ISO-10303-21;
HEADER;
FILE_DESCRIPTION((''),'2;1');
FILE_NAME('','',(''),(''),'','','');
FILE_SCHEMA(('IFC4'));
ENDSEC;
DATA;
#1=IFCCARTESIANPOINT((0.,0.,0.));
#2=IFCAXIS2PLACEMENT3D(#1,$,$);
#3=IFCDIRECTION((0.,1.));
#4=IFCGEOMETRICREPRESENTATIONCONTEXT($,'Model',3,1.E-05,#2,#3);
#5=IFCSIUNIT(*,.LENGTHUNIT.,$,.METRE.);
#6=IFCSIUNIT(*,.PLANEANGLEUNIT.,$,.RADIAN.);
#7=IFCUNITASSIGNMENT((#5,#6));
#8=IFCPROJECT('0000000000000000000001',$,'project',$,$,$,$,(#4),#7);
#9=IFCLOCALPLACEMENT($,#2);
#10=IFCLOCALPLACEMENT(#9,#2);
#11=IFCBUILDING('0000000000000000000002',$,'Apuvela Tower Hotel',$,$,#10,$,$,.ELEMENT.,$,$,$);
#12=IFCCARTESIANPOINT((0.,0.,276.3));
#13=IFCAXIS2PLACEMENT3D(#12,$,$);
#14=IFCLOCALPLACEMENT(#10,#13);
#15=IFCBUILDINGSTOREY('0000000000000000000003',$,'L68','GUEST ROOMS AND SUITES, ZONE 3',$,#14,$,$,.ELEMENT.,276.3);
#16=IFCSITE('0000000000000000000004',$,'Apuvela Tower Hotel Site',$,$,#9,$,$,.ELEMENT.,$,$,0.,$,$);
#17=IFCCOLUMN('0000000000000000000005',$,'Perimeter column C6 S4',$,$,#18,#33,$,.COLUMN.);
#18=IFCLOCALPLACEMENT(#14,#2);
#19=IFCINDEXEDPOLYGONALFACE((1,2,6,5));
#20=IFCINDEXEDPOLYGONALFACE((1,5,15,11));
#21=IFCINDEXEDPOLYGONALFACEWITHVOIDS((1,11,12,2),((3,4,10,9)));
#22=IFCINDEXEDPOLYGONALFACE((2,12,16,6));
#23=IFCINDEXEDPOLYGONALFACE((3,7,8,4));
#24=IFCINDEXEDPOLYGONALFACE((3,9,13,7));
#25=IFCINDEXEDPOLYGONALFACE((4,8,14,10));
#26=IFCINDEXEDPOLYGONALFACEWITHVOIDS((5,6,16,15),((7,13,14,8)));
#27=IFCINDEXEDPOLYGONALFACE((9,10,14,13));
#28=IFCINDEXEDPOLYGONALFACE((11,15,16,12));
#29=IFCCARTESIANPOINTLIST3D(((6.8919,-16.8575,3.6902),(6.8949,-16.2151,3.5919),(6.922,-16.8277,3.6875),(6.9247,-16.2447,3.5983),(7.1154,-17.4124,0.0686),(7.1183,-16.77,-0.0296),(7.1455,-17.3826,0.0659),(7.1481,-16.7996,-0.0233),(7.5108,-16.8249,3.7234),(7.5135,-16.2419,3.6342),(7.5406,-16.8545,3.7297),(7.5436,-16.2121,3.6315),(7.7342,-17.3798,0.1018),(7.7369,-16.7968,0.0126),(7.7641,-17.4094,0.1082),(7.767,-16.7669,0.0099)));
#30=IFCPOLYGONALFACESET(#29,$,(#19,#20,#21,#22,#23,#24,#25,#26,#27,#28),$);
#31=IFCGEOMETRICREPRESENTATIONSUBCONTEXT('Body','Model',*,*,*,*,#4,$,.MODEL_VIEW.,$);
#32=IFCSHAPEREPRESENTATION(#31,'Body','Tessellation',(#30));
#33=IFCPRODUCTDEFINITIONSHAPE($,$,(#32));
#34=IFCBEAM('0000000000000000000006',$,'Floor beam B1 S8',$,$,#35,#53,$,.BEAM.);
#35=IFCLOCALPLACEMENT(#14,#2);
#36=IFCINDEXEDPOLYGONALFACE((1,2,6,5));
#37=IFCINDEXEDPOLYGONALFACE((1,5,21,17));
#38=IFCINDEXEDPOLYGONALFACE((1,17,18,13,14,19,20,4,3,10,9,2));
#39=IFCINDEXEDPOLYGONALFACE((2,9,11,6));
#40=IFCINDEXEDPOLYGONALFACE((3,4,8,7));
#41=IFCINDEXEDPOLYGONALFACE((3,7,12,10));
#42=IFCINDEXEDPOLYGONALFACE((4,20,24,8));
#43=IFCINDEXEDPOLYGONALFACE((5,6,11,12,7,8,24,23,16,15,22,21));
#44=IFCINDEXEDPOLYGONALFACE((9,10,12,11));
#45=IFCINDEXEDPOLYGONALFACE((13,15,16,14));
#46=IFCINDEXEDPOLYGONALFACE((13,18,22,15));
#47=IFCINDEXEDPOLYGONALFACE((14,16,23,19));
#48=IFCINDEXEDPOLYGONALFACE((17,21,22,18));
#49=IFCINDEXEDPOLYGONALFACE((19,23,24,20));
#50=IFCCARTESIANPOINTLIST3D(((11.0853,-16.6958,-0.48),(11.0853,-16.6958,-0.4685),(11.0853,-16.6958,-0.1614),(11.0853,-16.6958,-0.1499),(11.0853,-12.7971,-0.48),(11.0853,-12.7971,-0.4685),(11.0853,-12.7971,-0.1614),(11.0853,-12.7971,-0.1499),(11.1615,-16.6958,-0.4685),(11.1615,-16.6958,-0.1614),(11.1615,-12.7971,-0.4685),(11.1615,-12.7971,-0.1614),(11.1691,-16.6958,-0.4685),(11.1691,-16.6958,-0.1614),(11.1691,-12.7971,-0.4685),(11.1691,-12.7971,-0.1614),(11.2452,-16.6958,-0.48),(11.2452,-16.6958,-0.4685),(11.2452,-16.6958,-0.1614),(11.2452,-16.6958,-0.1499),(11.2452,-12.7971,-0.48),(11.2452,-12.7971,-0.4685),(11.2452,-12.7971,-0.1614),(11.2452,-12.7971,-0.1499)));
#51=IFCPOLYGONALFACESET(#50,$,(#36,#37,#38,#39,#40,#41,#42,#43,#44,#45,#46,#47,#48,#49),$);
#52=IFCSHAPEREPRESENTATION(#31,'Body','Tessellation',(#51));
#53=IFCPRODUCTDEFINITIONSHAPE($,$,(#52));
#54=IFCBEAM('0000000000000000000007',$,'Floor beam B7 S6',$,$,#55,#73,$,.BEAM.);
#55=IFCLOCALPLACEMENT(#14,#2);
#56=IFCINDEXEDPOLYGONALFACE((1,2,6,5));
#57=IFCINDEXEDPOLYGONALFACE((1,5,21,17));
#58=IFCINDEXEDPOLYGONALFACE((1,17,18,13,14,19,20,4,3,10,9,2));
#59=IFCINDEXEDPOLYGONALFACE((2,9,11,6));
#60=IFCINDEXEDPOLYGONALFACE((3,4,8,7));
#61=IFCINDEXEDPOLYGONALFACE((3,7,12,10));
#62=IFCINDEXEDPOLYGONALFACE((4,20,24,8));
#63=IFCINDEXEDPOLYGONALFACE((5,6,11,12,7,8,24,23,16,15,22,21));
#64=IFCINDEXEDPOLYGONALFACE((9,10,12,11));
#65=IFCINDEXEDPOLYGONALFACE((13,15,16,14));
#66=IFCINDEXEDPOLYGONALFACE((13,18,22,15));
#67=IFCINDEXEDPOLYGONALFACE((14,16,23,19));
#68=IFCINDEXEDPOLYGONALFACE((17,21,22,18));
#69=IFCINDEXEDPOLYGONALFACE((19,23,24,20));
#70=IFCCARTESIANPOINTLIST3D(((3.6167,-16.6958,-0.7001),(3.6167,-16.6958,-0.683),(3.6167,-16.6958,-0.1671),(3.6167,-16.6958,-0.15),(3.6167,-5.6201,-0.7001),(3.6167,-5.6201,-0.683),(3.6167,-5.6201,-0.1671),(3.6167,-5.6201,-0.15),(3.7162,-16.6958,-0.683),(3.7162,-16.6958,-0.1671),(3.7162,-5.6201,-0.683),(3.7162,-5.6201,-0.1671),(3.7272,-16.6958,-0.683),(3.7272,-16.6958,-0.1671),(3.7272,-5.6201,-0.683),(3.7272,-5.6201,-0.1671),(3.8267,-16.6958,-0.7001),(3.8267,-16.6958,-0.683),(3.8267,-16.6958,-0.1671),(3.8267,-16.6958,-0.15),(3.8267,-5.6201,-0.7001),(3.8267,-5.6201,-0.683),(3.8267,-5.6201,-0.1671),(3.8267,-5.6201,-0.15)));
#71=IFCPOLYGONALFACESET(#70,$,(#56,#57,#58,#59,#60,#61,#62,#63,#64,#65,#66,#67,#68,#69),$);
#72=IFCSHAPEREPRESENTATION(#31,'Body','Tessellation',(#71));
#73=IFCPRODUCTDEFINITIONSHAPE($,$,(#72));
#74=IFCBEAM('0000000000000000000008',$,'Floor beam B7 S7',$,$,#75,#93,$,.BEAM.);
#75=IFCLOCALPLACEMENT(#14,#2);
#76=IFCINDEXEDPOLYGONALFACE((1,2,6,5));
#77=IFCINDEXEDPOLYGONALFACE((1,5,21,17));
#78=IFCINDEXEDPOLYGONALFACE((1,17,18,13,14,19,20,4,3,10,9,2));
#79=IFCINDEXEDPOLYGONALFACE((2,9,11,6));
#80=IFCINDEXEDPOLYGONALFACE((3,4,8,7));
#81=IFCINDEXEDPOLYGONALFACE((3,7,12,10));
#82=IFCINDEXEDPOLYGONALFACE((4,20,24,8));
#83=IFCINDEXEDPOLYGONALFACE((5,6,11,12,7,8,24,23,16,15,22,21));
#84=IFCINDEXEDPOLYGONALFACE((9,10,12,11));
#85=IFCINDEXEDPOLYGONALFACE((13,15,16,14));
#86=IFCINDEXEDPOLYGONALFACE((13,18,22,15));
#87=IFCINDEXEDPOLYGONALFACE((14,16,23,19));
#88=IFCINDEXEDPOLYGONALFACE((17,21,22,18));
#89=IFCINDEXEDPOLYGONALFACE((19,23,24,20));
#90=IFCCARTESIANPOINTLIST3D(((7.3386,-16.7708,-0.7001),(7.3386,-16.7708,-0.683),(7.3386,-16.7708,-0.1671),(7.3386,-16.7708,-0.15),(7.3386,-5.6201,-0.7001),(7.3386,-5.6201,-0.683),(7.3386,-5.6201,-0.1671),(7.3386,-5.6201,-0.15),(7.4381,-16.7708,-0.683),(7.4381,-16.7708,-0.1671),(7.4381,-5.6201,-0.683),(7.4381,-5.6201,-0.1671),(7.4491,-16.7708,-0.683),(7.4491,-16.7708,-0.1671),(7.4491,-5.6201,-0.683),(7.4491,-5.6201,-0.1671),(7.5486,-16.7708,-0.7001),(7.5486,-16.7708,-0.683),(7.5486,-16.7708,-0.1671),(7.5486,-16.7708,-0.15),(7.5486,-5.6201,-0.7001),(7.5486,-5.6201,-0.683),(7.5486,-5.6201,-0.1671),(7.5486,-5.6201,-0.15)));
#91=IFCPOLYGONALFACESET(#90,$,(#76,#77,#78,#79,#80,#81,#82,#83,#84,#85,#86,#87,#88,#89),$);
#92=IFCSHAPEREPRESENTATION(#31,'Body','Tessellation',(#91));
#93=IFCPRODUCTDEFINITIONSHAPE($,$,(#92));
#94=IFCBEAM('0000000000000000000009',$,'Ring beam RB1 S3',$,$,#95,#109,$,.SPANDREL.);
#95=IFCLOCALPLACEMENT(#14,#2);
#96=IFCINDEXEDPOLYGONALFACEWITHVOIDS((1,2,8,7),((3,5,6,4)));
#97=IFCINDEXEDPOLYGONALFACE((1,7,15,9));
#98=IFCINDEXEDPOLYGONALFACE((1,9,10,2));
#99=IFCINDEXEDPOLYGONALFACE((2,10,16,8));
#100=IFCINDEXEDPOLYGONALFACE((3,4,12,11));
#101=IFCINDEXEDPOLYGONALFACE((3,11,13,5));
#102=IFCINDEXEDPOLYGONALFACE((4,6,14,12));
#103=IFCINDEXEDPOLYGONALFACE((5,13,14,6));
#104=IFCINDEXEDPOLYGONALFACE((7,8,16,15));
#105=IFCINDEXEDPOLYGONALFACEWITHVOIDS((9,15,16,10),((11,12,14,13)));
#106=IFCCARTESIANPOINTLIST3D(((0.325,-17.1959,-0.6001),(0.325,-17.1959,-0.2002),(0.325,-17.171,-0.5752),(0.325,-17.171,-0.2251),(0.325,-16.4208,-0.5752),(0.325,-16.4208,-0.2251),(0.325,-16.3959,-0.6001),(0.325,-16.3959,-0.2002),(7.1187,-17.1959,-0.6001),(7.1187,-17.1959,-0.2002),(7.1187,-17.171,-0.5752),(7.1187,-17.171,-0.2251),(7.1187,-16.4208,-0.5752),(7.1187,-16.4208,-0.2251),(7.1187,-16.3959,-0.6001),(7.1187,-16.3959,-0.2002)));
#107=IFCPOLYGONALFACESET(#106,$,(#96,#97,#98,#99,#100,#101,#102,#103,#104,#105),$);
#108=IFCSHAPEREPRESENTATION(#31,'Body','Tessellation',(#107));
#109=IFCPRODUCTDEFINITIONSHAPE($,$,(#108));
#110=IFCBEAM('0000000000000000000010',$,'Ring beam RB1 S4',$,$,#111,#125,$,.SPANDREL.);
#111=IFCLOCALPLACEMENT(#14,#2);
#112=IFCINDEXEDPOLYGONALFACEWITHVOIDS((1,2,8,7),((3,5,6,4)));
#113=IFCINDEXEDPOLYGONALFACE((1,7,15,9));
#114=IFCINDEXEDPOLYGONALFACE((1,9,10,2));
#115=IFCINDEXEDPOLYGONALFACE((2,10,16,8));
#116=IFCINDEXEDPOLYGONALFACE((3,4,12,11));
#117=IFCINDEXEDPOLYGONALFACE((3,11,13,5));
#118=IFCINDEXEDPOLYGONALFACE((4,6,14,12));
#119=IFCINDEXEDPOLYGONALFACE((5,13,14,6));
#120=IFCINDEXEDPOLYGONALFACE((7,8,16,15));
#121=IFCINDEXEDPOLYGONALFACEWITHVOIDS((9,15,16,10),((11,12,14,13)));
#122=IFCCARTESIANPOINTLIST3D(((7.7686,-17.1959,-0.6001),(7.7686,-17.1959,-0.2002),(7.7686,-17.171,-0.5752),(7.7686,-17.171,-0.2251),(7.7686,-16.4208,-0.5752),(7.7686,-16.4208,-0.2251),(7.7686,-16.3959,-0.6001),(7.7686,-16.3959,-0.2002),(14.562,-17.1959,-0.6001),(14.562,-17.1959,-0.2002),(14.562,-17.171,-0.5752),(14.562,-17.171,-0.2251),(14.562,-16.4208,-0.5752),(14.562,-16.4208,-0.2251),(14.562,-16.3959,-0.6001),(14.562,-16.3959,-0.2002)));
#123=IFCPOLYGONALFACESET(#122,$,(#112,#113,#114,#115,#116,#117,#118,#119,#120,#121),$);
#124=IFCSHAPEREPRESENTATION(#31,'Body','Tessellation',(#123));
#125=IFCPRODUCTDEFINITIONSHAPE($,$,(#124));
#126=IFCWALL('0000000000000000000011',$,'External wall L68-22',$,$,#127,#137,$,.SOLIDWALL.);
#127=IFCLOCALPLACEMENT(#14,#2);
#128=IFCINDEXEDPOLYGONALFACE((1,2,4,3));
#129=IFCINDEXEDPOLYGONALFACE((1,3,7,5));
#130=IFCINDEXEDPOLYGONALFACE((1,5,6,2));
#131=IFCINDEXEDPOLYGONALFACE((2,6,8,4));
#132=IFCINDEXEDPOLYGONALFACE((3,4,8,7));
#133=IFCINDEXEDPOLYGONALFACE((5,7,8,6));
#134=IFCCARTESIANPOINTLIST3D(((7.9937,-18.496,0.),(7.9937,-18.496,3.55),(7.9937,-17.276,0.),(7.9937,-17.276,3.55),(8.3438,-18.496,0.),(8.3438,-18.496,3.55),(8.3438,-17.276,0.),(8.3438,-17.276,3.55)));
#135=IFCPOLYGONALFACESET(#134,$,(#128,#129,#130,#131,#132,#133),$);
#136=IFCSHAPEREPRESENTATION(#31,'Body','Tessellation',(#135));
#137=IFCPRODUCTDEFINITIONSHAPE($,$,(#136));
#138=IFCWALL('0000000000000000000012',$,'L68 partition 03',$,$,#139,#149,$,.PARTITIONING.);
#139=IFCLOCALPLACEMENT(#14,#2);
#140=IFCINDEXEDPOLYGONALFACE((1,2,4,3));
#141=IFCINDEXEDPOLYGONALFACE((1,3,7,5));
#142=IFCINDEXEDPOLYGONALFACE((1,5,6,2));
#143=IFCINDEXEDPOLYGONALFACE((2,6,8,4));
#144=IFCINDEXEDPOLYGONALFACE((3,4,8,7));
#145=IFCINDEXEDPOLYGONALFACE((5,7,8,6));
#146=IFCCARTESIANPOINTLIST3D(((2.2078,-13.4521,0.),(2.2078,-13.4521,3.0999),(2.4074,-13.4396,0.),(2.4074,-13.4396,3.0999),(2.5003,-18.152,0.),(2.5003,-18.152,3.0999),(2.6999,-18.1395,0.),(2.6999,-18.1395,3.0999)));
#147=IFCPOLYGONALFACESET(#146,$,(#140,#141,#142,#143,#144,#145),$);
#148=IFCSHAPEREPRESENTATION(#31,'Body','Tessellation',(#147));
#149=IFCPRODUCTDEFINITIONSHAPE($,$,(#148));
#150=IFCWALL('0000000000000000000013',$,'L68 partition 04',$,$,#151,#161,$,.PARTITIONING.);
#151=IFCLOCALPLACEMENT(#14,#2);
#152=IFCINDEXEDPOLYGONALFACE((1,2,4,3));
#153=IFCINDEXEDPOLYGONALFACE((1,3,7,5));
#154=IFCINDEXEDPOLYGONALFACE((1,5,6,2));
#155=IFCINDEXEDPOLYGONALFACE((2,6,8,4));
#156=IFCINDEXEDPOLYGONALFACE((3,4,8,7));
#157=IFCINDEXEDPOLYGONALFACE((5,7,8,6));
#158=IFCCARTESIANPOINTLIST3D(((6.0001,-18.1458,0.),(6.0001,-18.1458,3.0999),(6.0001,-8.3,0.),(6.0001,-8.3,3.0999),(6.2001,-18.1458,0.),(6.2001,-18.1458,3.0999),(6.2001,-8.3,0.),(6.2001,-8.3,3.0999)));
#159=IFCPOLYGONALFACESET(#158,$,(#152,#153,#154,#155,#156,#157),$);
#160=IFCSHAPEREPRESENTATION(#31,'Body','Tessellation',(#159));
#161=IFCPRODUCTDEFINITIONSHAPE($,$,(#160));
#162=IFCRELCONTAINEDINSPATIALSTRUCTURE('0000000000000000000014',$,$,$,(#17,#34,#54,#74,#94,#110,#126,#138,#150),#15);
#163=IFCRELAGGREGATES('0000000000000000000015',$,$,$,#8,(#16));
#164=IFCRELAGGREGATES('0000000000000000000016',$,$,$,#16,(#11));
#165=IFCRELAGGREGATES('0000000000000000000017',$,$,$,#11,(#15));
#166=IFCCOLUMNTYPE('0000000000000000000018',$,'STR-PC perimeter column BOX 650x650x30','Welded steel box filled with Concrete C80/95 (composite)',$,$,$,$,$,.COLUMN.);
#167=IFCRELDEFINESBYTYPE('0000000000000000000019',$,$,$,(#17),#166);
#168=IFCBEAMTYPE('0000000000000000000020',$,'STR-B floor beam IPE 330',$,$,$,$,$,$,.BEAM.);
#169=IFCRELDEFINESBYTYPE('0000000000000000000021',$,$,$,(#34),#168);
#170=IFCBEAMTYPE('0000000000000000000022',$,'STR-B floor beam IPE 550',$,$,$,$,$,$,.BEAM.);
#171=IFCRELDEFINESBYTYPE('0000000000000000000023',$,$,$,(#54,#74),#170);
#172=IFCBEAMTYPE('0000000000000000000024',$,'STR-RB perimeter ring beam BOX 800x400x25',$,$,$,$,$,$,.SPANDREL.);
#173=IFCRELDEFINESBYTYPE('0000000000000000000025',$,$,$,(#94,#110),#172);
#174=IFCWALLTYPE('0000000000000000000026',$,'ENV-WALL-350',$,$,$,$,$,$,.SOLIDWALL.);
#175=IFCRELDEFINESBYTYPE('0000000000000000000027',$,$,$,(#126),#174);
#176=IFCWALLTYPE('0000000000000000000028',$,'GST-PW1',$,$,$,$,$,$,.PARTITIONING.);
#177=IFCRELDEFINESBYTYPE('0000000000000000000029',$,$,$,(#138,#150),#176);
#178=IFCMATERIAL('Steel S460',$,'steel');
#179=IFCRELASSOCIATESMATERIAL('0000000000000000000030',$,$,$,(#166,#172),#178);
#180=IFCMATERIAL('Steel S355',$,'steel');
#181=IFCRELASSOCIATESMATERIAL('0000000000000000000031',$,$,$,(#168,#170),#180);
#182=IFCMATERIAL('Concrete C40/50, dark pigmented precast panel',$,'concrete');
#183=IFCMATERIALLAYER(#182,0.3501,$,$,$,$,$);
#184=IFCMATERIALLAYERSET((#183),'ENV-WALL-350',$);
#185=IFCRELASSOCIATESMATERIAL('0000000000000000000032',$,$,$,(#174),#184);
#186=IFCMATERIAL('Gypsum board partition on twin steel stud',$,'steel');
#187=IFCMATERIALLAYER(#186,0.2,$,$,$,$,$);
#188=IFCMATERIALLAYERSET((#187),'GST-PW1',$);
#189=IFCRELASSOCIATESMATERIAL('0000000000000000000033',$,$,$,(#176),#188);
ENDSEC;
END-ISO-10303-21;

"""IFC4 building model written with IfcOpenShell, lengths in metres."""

from ifc_helpers import new_model, si_unit, direction, frame, frame_2d, origin, origin_2d, place, context, subcontext, project, spatial, rectangle, hollow_rectangle, i_section, extrude, boolean, halfspace, material, layer, layer_set, material_profile, profile_set, type_object, element, save


model = new_model("IFC4")

# Units and contexts
model_context = context("Model", 3, precision=1e-05, world=origin(), true_north=direction((0.0, 1.0)))
body_context = subcontext(model_context, "Body", "Model", "MODEL_VIEW")
ifc_project = project(units=[si_unit("LENGTHUNIT", "METRE"), si_unit("PLANEANGLEUNIT", "RADIAN")], contexts=[model_context])

# Site, building, storey
site_placement = place(None, origin())
site = spatial("IfcSite", under=ifc_project, at=site_placement, Name="Apuvela Tower Hotel Site", CompositionType="ELEMENT", RefElevation=0.0)
building_placement = place(site_placement, origin())
building = spatial("IfcBuilding", under=site, at=building_placement, Name="Apuvela Tower Hotel", CompositionType="ELEMENT")
storey_placement = place(building_placement, frame((0.0, 0.0, 276.3)))
storey = spatial("IfcBuildingStorey", under=building, at=storey_placement, Name="L68", Description="GUEST ROOMS AND SUITES, ZONE 3", CompositionType="ELEMENT", Elevation=276.3)

# Column
ifc_material_1 = material(Name="Steel S460", Category="steel")
ifc_material_profile_1 = material_profile(ifc_material_1, hollow_rectangle(XDim=0.6499, YDim=0.6499, WallThickness=0.03, at=origin_2d()), Name="BOX 650x650x30")
ifc_material_2 = material(Name="Concrete C80/95", Category="concrete")
ifc_material_profile_2 = material_profile(ifc_material_2, rectangle(XDim=0.5901, YDim=0.5901, at=origin_2d()), Name="Concrete C80/95 infill")
ifc_profile_set_1 = profile_set([ifc_material_profile_1, ifc_material_profile_2], Name="Steel S460")
column_type = type_object("IfcColumnType", Name="STR-PC perimeter column BOX 650x650x30", Description="Welded steel box filled with Concrete C80/95 (composite)", PredefinedType="COLUMN", material=ifc_profile_set_1)
column_placement = place(storey_placement, frame((7.4436, -17.0957, 0.0), z_axis=(-0.060871, 0.151169, 0.986632), x_axis=(0.998135, 0.004721, 0.060857)))
element("IfcColumn", 1, at=column_placement, inside=storey, type_object=column_type, Name="Perimeter column C6 S4", PredefinedType="COLUMN", context=body_context, shape_type="SweptSolid", body=[
    boolean("DIFFERENCE", boolean("DIFFERENCE", extrude(hollow_rectangle(XDim=0.6499, YDim=0.6499, WallThickness=0.03, at=origin_2d()), origin(), (0.0, 0.0, 1.0), 3.75), halfspace(frame((0.0, 0.0, 0.0398), z_axis=(0.0, 0.0, 1.0), x_axis=(1.0, 0.0, 0.0)), True)), halfspace(frame((0.0, 0.0, 3.7104), z_axis=(0.0, 0.0, 1.0), x_axis=(1.0, 0.0, 0.0)), False)),
])

# Beams
ifc_material_3 = material(Name="Steel S355", Category="steel")
ifc_material_profile_3 = material_profile(ifc_material_3, i_section(OverallWidth=0.1599, OverallDepth=0.3301, WebThickness=0.0076, FlangeThickness=0.0115, at=origin_2d()), Name="IPE 330")
ifc_profile_set_2 = profile_set([ifc_material_profile_3], Name="Steel S355")
beam_type_1 = type_object("IfcBeamType", Name="STR-B floor beam IPE 330", PredefinedType="BEAM", material=ifc_profile_set_2)
beam_1_placement = place(storey_placement, frame((11.1653, -16.6958, -0.3149), z_axis=(0.0, 1.0, 0.0), x_axis=(-1.0, 0.0, 0.0)))
element("IfcBeam", 2, at=beam_1_placement, inside=storey, type_object=beam_type_1, Name="Floor beam B1 S8", PredefinedType="BEAM", context=body_context, shape_type="SweptSolid", body=[
    extrude(i_section(OverallWidth=0.1599, OverallDepth=0.3301, WebThickness=0.0076, FlangeThickness=0.0115, at=origin_2d()), origin(), (0.0, 0.0, 1.0), 3.8987),
])
ifc_material_profile_4 = material_profile(ifc_material_3, i_section(OverallWidth=0.21, OverallDepth=0.55, WebThickness=0.011, FlangeThickness=0.0171, at=origin_2d()), Name="IPE 550")
ifc_profile_set_3 = profile_set([ifc_material_profile_4], Name="Steel S355")
beam_type_2 = type_object("IfcBeamType", Name="STR-B floor beam IPE 550", PredefinedType="BEAM", material=ifc_profile_set_3)
beam_2_placement = place(storey_placement, frame((3.7217, -16.6958, -0.425), z_axis=(0.0, 1.0, 0.0), x_axis=(-1.0, 0.0, 0.0)))
element("IfcBeam", 3, at=beam_2_placement, inside=storey, type_object=beam_type_2, Name="Floor beam B7 S6", PredefinedType="BEAM", context=body_context, shape_type="SweptSolid", body=[
    extrude(i_section(OverallWidth=0.21, OverallDepth=0.55, WebThickness=0.011, FlangeThickness=0.0171, at=origin_2d()), origin(), (0.0, 0.0, 1.0), 11.0757),
])
beam_3_placement = place(storey_placement, frame((7.4436, -16.7708, -0.425), z_axis=(0.0, 1.0, 0.0), x_axis=(-1.0, 0.0, 0.0)))
element("IfcBeam", 4, at=beam_3_placement, inside=storey, type_object=beam_type_2, Name="Floor beam B7 S7", PredefinedType="BEAM", context=body_context, shape_type="SweptSolid", body=[
    extrude(i_section(OverallWidth=0.21, OverallDepth=0.55, WebThickness=0.011, FlangeThickness=0.0171, at=origin_2d()), origin(), (0.0, 0.0, 1.0), 11.1506),
])
ifc_material_profile_5 = material_profile(ifc_material_1, hollow_rectangle(XDim=0.8, YDim=0.3999, WallThickness=0.0249, at=origin_2d()), Name="BOX 800x400x25")
ifc_profile_set_4 = profile_set([ifc_material_profile_5], Name="Steel S460")
beam_type_3 = type_object("IfcBeamType", Name="STR-RB perimeter ring beam BOX 800x400x25", PredefinedType="SPANDREL", material=ifc_profile_set_4)
beam_4_placement = place(storey_placement, frame((0.325, -16.7959, -0.4001), z_axis=(1.0, 0.0, 0.0), x_axis=(0.0, 1.0, 0.0)))
element("IfcBeam", 5, at=beam_4_placement, inside=storey, type_object=beam_type_3, Name="Ring beam RB1 S3", PredefinedType="SPANDREL", context=body_context, shape_type="SweptSolid", body=[
    extrude(hollow_rectangle(XDim=0.8, YDim=0.3999, WallThickness=0.0249, at=origin_2d()), origin(), (0.0, 0.0, 1.0), 6.7937),
])
beam_5_placement = place(storey_placement, frame((7.7686, -16.7959, -0.4001), z_axis=(1.0, 0.0, 0.0), x_axis=(0.0, 1.0, 0.0)))
element("IfcBeam", 6, at=beam_5_placement, inside=storey, type_object=beam_type_3, Name="Ring beam RB1 S4", PredefinedType="SPANDREL", context=body_context, shape_type="SweptSolid", body=[
    extrude(hollow_rectangle(XDim=0.8, YDim=0.3999, WallThickness=0.0249, at=origin_2d()), origin(), (0.0, 0.0, 1.0), 6.7935),
])

# Wall
ifc_material_4 = material(Name="Concrete C40/50, dark pigmented precast panel", Category="concrete")
ifc_layer_1 = layer(ifc_material_4, 0.3501)
ifc_layer_set_1 = layer_set([ifc_layer_1], Name="ENV-WALL-350")
wall_type_1 = type_object("IfcWallType", Name="ENV-WALL-350", PredefinedType="SOLIDWALL", material=ifc_layer_set_1)
wall_1_placement = place(storey_placement, frame((8.1687, -18.4958, 0.0), z_axis=(0.0, 0.0, 1.0), x_axis=(0.0, 1.0, 0.0)))
element("IfcWall", 7, at=wall_1_placement, inside=storey, type_object=wall_type_1, Name="External wall L68-22", PredefinedType="SOLIDWALL", context=body_context, shape_type="SweptSolid", body=[
    extrude(rectangle(XDim=1.22, YDim=0.3501, at=frame_2d((0.6099, 0.0))), origin(), (0.0, 0.0, 1.0), 3.55),
])

# Walls
ifc_material_5 = material(Name="Gypsum board partition on twin steel stud", Category="steel")
ifc_layer_2 = layer(ifc_material_5, 0.2)
ifc_layer_set_2 = layer_set([ifc_layer_2], Name="GST-PW1")
wall_type_2 = type_object("IfcWallType", Name="GST-PW1", PredefinedType="PARTITIONING", material=ifc_layer_set_2)
wall_2_placement = place(storey_placement, frame((2.6001, -18.1458, 0.0), z_axis=(0.0, 0.0, 1.0), x_axis=(-0.06211, 0.998069, 0.0)))
element("IfcWall", 8, at=wall_2_placement, inside=storey, type_object=wall_type_2, Name="L68 partition 03", PredefinedType="PARTITIONING", context=body_context, shape_type="SweptSolid", body=[
    extrude(rectangle(XDim=4.709, YDim=0.2, at=frame_2d((2.3545, 0.0))), origin(), (0.0, 0.0, 1.0), 3.0999),
])
wall_3_placement = place(storey_placement, frame((6.1001, -18.1458, 0.0), z_axis=(0.0, 0.0, 1.0), x_axis=(0.0, 1.0, 0.0)))
element("IfcWall", 9, at=wall_3_placement, inside=storey, type_object=wall_type_2, Name="L68 partition 04", PredefinedType="PARTITIONING", context=body_context, shape_type="SweptSolid", body=[
    extrude(rectangle(XDim=9.8457, YDim=0.2, at=frame_2d((4.9229, 0.0))), origin(), (0.0, 0.0, 1.0), 3.0999),
])

save(model, "model.ifc")
